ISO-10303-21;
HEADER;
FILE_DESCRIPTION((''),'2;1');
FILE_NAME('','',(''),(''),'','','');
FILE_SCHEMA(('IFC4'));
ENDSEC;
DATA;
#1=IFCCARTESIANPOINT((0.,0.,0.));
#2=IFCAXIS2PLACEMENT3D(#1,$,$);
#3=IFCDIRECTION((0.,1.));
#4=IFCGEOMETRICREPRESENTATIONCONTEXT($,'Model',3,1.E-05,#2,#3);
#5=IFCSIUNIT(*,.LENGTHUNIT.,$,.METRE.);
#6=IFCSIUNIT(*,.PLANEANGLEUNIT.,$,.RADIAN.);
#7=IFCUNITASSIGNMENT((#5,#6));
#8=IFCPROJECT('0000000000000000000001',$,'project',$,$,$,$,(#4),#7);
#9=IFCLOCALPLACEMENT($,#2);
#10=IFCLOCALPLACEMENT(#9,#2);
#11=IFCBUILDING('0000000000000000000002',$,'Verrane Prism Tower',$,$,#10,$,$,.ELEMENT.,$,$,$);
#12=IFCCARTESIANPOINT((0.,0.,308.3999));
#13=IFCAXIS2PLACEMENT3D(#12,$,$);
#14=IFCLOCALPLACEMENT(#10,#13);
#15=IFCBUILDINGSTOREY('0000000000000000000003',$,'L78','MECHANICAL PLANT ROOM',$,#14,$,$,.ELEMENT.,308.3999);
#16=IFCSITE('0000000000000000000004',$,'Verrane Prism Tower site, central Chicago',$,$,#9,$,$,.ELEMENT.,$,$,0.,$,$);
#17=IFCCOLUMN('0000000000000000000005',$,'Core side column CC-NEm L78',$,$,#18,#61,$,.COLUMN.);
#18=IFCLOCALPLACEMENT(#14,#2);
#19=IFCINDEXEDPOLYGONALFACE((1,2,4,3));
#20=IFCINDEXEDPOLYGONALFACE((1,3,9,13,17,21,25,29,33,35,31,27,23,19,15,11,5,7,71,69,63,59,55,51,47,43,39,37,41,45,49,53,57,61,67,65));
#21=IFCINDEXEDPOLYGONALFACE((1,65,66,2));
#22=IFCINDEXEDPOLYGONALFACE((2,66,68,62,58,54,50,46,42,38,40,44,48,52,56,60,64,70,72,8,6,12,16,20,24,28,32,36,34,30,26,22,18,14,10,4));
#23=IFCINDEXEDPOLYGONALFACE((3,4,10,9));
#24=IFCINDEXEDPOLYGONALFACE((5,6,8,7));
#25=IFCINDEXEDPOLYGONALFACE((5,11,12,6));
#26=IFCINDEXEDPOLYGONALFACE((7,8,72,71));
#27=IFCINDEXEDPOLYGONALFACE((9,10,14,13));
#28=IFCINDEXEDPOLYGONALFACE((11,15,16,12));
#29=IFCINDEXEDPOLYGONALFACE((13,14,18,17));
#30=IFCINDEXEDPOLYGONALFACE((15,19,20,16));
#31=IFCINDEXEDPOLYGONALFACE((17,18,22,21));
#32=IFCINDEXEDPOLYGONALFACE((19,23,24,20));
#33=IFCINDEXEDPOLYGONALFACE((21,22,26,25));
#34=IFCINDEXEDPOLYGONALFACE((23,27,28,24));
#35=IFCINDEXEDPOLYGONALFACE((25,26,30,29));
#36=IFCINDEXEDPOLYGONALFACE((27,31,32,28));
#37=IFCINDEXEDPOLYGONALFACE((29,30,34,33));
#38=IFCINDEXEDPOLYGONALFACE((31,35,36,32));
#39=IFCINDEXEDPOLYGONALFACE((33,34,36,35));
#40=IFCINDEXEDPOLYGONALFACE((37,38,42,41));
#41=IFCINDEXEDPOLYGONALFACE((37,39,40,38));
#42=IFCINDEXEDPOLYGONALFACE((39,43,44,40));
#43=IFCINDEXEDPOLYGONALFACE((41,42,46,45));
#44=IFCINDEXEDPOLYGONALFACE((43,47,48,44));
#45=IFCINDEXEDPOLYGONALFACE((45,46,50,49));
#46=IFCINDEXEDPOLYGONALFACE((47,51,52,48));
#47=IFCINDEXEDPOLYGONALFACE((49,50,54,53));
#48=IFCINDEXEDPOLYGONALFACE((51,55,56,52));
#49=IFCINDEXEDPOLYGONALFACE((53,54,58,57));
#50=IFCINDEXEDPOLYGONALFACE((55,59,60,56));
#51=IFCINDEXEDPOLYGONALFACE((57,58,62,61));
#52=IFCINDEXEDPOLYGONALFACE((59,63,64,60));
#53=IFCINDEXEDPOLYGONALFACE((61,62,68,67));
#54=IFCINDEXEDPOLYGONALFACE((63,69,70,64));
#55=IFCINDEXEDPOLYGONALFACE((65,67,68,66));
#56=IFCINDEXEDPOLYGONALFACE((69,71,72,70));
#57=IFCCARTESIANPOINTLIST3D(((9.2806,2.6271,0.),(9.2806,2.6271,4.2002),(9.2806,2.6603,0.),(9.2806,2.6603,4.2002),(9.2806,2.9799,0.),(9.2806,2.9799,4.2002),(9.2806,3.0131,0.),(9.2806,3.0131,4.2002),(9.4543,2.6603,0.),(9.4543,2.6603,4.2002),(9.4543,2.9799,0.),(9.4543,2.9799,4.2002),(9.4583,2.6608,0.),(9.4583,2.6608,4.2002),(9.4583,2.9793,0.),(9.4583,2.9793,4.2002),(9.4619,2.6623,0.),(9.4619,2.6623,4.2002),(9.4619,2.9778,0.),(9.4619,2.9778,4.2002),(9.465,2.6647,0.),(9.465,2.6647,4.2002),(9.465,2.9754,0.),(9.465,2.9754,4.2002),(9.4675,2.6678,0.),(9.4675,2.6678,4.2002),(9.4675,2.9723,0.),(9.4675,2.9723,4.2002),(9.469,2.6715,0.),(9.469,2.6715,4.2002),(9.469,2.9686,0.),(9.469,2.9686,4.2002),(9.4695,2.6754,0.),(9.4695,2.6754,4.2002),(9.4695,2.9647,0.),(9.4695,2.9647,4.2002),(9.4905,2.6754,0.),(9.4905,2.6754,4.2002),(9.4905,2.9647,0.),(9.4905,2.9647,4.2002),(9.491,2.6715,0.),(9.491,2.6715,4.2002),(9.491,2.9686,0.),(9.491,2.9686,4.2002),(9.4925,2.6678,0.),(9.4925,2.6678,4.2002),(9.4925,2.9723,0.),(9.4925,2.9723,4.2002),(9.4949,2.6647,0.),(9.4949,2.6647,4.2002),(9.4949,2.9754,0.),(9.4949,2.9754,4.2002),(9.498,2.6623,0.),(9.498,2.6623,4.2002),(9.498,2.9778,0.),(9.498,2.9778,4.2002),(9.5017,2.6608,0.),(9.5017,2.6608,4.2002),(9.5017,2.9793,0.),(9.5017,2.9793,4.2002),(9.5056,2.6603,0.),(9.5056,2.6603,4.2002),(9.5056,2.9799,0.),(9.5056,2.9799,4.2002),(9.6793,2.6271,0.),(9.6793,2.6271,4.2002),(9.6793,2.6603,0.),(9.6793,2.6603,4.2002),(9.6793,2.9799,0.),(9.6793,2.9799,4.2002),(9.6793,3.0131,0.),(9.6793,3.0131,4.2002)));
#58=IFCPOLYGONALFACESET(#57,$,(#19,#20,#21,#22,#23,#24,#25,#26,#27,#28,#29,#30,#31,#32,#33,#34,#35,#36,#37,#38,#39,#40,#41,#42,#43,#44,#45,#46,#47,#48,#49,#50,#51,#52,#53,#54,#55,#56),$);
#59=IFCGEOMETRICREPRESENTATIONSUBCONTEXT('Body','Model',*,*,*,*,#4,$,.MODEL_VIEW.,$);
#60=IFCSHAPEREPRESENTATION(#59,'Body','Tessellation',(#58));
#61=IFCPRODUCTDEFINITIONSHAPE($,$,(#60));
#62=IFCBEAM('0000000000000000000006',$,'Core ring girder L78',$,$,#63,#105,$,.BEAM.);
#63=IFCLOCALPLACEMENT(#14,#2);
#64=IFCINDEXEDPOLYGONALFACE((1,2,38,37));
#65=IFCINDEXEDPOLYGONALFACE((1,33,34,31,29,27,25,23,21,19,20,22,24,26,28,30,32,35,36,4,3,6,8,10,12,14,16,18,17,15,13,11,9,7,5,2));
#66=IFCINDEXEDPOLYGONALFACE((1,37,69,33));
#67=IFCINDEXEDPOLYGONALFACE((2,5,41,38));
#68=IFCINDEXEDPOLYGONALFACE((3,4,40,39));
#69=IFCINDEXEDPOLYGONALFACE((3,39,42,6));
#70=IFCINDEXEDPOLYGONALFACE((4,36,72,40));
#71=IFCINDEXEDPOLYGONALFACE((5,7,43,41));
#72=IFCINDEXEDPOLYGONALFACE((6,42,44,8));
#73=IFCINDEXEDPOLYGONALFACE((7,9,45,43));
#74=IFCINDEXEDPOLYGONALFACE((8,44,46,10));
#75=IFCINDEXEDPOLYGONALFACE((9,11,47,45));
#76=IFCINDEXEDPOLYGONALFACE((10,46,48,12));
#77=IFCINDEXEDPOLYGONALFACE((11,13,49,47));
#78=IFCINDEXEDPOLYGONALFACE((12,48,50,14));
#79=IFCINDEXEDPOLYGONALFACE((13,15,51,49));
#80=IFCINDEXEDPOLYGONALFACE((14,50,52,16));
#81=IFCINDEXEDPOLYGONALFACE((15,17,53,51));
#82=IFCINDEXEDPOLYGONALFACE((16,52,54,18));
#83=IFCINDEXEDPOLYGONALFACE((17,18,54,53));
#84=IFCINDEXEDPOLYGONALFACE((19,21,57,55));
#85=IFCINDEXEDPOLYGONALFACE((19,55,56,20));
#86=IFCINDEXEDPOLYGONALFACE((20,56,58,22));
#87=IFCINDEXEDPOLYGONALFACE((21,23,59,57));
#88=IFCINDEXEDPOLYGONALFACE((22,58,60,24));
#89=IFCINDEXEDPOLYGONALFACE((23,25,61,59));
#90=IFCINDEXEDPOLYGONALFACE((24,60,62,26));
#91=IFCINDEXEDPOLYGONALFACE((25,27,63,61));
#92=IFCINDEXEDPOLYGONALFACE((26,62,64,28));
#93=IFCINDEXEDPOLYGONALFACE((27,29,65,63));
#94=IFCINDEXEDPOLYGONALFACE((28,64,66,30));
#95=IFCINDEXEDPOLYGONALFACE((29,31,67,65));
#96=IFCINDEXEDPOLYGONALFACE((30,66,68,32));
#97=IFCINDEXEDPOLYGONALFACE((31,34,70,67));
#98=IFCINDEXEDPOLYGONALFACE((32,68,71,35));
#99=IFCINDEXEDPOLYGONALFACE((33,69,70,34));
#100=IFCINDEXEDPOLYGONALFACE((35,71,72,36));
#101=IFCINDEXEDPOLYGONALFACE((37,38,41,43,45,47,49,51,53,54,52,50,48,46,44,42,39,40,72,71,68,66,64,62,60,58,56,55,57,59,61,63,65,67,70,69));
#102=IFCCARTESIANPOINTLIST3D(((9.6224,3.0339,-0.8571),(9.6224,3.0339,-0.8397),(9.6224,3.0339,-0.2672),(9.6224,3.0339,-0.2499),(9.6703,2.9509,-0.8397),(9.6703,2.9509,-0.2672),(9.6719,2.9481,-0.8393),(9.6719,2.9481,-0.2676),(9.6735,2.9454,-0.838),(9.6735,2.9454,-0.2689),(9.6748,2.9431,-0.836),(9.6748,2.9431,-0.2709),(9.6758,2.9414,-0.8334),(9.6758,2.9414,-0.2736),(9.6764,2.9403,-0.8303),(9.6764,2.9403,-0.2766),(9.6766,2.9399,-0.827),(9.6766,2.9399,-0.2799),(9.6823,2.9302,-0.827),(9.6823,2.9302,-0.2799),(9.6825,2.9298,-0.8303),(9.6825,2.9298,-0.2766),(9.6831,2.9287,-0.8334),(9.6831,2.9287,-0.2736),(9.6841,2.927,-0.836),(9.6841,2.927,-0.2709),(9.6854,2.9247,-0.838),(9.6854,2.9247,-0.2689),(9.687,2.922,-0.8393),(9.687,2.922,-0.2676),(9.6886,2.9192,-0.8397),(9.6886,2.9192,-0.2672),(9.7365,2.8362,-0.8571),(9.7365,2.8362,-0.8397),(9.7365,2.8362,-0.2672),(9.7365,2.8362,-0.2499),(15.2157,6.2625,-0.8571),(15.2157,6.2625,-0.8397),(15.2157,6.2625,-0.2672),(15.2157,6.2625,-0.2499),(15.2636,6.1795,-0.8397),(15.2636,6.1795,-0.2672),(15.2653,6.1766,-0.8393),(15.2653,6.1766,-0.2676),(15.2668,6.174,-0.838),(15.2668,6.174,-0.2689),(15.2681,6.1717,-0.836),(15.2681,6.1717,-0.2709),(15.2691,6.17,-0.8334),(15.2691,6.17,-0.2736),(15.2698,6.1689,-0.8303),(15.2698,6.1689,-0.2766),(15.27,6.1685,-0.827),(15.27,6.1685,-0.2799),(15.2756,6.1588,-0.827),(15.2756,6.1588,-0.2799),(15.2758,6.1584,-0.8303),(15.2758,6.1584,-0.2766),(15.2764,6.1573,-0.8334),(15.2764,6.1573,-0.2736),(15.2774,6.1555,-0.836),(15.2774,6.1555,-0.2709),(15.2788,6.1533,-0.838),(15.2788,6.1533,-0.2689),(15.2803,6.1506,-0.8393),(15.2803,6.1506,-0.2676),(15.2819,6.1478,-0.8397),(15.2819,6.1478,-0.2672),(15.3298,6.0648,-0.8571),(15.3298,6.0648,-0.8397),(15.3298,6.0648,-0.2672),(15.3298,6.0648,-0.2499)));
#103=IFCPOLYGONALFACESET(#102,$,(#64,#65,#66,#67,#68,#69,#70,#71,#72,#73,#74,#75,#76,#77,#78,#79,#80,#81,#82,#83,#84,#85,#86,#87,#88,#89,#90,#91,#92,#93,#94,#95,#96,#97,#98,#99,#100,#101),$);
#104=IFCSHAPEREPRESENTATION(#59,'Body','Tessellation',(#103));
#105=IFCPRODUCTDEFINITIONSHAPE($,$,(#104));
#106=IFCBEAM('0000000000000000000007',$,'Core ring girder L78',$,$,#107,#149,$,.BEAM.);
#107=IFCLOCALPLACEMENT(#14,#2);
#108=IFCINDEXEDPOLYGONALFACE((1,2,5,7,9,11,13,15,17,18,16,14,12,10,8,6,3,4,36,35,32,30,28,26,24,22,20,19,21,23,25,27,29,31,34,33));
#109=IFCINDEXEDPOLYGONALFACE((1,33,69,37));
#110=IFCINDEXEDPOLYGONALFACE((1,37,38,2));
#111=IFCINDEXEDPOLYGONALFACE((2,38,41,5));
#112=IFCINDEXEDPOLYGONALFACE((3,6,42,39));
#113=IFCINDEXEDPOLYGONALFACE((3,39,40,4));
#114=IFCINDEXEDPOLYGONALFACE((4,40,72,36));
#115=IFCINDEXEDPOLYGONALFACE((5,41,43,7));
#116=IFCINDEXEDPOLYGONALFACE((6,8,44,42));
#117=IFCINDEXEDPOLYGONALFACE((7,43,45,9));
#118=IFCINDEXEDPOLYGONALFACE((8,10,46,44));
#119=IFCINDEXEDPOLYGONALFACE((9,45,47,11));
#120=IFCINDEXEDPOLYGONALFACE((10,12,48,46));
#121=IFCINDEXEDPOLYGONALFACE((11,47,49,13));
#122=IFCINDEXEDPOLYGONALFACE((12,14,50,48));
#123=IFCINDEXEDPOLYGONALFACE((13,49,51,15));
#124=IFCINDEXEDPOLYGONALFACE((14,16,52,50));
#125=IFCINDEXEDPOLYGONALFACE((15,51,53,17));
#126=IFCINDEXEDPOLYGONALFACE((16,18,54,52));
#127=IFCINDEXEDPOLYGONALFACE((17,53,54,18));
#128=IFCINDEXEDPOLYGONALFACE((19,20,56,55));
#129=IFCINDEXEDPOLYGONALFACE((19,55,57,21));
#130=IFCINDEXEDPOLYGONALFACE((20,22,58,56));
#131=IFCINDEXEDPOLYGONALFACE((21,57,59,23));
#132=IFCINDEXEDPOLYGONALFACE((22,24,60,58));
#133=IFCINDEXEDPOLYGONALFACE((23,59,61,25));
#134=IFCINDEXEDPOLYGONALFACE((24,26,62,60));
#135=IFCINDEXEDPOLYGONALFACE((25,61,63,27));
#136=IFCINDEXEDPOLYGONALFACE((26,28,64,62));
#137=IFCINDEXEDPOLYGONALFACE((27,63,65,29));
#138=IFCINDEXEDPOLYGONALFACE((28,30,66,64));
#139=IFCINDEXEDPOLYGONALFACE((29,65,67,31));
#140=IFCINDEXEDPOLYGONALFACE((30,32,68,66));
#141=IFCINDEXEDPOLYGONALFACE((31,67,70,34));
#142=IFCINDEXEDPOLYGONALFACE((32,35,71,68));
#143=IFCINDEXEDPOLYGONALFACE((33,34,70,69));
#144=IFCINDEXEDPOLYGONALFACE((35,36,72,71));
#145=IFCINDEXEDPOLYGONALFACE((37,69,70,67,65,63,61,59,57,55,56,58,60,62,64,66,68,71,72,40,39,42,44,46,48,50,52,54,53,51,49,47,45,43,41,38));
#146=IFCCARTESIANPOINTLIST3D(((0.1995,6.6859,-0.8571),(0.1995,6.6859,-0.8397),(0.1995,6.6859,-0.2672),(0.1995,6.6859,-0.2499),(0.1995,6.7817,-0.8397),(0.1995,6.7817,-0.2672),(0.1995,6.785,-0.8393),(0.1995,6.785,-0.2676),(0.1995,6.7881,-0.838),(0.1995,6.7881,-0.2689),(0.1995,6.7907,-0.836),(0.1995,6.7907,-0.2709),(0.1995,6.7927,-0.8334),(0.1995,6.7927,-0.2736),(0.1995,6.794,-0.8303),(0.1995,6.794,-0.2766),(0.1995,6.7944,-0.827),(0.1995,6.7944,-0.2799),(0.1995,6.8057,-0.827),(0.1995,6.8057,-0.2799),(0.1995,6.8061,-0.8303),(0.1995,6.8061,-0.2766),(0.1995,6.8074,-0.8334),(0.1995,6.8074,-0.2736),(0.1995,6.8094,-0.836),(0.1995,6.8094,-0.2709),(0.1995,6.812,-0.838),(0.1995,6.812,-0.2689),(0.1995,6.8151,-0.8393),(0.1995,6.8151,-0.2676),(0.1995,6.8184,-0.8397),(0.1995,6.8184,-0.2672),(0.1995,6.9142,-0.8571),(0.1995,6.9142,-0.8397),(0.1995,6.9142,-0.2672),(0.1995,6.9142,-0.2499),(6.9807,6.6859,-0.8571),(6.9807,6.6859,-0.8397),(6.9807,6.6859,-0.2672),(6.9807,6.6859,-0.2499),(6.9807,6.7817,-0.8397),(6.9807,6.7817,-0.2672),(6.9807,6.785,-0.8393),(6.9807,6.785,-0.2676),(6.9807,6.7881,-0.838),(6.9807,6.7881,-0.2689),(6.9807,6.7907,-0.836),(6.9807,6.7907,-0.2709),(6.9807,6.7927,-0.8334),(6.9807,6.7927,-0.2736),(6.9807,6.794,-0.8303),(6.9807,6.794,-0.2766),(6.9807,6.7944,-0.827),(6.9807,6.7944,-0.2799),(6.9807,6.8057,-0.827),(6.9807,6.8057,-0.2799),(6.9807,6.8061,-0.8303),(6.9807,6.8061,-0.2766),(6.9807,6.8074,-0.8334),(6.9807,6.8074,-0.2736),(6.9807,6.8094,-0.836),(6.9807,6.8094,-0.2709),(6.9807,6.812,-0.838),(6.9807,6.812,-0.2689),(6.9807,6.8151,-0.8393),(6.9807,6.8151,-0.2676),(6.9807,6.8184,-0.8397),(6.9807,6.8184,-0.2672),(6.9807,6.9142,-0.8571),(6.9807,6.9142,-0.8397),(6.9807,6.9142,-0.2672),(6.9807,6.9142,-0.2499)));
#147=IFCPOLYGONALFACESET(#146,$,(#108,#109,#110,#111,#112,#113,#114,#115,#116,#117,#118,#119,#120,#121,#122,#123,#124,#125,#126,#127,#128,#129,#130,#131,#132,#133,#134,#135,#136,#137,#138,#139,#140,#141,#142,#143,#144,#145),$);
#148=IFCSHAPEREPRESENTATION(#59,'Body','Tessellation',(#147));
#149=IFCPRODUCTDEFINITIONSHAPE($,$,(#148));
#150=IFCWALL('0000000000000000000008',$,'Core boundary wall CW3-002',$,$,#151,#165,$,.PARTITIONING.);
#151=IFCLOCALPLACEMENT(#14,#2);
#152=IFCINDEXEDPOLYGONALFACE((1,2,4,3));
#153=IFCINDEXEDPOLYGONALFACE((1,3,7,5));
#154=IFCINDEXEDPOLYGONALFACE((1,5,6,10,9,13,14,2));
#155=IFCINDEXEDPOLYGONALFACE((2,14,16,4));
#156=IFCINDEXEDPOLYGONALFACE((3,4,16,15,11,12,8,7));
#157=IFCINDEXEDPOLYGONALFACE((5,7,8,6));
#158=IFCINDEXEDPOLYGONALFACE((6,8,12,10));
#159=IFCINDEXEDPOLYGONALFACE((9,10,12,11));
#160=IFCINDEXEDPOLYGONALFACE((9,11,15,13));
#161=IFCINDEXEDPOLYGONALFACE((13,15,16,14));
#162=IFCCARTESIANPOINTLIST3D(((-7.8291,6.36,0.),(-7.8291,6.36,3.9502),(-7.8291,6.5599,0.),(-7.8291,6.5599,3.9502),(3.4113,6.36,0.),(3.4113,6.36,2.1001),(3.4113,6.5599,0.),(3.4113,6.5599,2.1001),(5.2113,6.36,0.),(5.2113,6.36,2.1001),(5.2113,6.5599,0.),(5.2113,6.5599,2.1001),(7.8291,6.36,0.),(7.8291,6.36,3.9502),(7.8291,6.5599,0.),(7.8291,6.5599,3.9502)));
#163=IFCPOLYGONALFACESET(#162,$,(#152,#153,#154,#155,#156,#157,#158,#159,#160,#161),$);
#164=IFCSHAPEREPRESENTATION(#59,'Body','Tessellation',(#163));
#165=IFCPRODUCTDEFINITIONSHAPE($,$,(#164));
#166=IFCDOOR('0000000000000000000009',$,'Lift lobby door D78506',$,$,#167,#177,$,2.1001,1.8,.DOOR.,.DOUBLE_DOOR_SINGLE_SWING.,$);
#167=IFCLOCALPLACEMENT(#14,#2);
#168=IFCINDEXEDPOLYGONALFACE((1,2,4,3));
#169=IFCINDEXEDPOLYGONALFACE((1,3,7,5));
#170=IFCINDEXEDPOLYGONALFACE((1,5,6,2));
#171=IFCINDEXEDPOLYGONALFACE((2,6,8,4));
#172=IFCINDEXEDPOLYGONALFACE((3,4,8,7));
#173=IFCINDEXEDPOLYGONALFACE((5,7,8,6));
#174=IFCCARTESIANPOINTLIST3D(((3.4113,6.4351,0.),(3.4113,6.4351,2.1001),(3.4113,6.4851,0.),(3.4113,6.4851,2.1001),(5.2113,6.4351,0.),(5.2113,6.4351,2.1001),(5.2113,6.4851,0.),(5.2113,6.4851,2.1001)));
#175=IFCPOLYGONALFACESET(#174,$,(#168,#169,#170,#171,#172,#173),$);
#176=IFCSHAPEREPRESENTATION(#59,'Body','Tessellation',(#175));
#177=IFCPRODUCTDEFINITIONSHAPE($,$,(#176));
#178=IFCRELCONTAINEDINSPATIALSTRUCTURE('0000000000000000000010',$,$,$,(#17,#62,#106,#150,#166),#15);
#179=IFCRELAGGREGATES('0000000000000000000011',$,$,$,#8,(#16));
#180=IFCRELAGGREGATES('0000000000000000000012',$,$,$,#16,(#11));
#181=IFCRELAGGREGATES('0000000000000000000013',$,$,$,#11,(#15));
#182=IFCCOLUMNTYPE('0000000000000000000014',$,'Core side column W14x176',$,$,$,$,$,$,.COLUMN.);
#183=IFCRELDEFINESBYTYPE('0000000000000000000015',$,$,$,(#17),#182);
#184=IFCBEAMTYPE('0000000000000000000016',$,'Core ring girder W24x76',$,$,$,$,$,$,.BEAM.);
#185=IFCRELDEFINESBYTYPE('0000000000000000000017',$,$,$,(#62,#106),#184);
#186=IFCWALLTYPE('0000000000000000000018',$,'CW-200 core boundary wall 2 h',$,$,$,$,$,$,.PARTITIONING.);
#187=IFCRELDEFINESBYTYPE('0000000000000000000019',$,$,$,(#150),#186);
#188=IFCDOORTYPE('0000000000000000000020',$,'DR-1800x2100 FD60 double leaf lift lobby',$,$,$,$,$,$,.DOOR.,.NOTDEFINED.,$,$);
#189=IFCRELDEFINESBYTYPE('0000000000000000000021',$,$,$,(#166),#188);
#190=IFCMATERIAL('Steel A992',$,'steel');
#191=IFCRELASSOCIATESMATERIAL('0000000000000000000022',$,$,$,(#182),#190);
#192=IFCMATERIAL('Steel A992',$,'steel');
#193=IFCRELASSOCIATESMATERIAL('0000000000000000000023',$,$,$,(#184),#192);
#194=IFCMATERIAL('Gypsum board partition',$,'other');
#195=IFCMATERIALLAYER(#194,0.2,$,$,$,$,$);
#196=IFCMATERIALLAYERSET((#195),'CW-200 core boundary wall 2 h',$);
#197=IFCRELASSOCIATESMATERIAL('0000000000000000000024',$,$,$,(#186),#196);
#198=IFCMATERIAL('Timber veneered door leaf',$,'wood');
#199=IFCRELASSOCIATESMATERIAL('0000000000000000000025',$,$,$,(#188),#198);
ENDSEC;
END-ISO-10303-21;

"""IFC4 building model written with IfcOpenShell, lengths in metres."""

from ifc_helpers import new_model, si_unit, direction, frame, frame_2d, origin, origin_2d, place, context, subcontext, project, spatial, rectangle, i_section, extrude, material, layer, layer_set, material_profile, profile_set, type_object, element, fill, save


model = new_model("IFC4")

# Units and contexts
model_context = context("Model", 3, precision=1e-05, world=origin(), true_north=direction((0.0, 1.0)))
body_context = subcontext(model_context, "Body", "Model", "MODEL_VIEW")
ifc_project = project(units=[si_unit("LENGTHUNIT", "METRE"), si_unit("PLANEANGLEUNIT", "RADIAN")], contexts=[model_context])

# Site, building, storey
site_placement = place(None, origin())
site = spatial("IfcSite", under=ifc_project, at=site_placement, Name="Verrane Prism Tower site, central Chicago", CompositionType="ELEMENT", RefElevation=0.0)
building_placement = place(site_placement, origin())
building = spatial("IfcBuilding", under=site, at=building_placement, Name="Verrane Prism Tower", CompositionType="ELEMENT")
storey_placement = place(building_placement, frame((0.0, 0.0, 308.3999)))
storey = spatial("IfcBuildingStorey", under=building, at=storey_placement, Name="L78", Description="MECHANICAL PLANT ROOM", CompositionType="ELEMENT", Elevation=308.3999)

# Column
ifc_material_1 = material(Name="Steel A992", Category="steel")
ifc_material_profile_1 = material_profile(ifc_material_1, i_section(OverallWidth=0.3987, OverallDepth=0.386, WebThickness=0.021, FlangeThickness=0.0332, FilletRadius=0.0151, at=origin_2d()), Name="W14x176")
ifc_profile_set_1 = profile_set([ifc_material_profile_1], Name="Steel A992")
column_type = type_object("IfcColumnType", Name="Core side column W14x176", PredefinedType="COLUMN", material=ifc_profile_set_1)
column_placement = place(storey_placement, frame((9.48, 2.8201, 0.0), z_axis=(0.0, 0.0, 1.0), x_axis=(1.0, 0.0, 0.0)))
element("IfcColumn", 1, at=column_placement, inside=storey, type_object=column_type, Name="Core side column CC-NEm L78", PredefinedType="COLUMN", context=body_context, shape_type="SweptSolid", body=[
    extrude(i_section(OverallWidth=0.3987, OverallDepth=0.386, WebThickness=0.021, FlangeThickness=0.0332, FilletRadius=0.0151, at=origin_2d()), origin(), (0.0, 0.0, 1.0), 4.2002),
])

# Beams
ifc_material_2 = material(Name="Steel A992", Category="steel")
ifc_material_profile_2 = material_profile(ifc_material_2, i_section(OverallWidth=0.2283, OverallDepth=0.6072, WebThickness=0.0112, FlangeThickness=0.0173, FilletRadius=0.0127, at=origin_2d()), Name="W24x76")
ifc_profile_set_2 = profile_set([ifc_material_profile_2], Name="Steel A992")
beam_type = type_object("IfcBeamType", Name="Core ring girder W24x76", PredefinedType="BEAM", material=ifc_profile_set_2)
beam_1_placement = place(storey_placement, frame((9.6794, 2.9351, -0.5535), z_axis=(0.866076, 0.499912, 0.0), x_axis=(-0.499912, 0.866076, 0.0)))
element("IfcBeam", 2, at=beam_1_placement, inside=storey, type_object=beam_type, Name="Core ring girder L78", PredefinedType="BEAM", context=body_context, shape_type="SweptSolid", body=[
    extrude(i_section(OverallWidth=0.2283, OverallDepth=0.6072, WebThickness=0.0112, FlangeThickness=0.0173, FilletRadius=0.0127, at=origin_2d()), origin(), (0.0, 0.0, 1.0), 6.4583),
])
beam_2_placement = place(storey_placement, frame((6.9807, 6.8, -0.5535), z_axis=(-1.0, 0.0, 0.0), x_axis=(0.0, -1.0, 0.0)))
element("IfcBeam", 3, at=beam_2_placement, inside=storey, type_object=beam_type, Name="Core ring girder L78", PredefinedType="BEAM", context=body_context, shape_type="SweptSolid", body=[
    extrude(i_section(OverallWidth=0.2283, OverallDepth=0.6072, WebThickness=0.0112, FlangeThickness=0.0173, FilletRadius=0.0127, at=origin_2d()), origin(), (0.0, 0.0, 1.0), 6.7812),
])

# Wall, opening, door
ifc_material_3 = material(Name="Gypsum board partition", Category="other")
ifc_layer_1 = layer(ifc_material_3, 0.2)
ifc_layer_set_1 = layer_set([ifc_layer_1], Name="CW-200 core boundary wall 2 h")
wall_type_1 = type_object("IfcWallType", Name="CW-200 core boundary wall 2 h", PredefinedType="PARTITIONING", material=ifc_layer_set_1)
wall_1_placement = place(storey_placement, frame((7.8291, 6.46, 0.0), z_axis=(0.0, 0.0, 1.0), x_axis=(-1.0, 0.0, 0.0)))
wall_1 = element("IfcWall", 4, at=wall_1_placement, inside=storey, type_object=wall_type_1, Name="Core boundary wall CW3-002", PredefinedType="PARTITIONING", context=body_context, shape_type="SweptSolid", body=[
    extrude(rectangle(XDim=15.6582, YDim=0.2, at=frame_2d((7.8291, 0.0))), origin(), (0.0, 0.0, 1.0), 3.9502),
])
opening_1_placement = place(wall_1_placement, frame((2.6179, 0.0, 0.0)))
opening_1 = element("IfcOpeningElement", 5, at=opening_1_placement, cuts=wall_1, PredefinedType="OPENING", context=body_context, shape_type="SweptSolid", body=[
    extrude(rectangle(XDim=1.8, YDim=2.1001, at=frame_2d((0.8999, 1.05))), frame((0.0, 0.1099, 0.0), z_axis=(0.0, -1.0, 0.0), x_axis=(1.0, 0.0, 0.0)), (0.0, 0.0, 1.0), 0.22),
])
ifc_material_4 = material(Name="Timber veneered door leaf", Category="wood")
door_type_1 = type_object("IfcDoorType", Name="DR-1800x2100 FD60 double leaf lift lobby", OperationType="NOTDEFINED", PredefinedType="DOOR", material=ifc_material_4)
door_1_placement = place(opening_1_placement, origin())
door_1 = element("IfcDoor", 6, at=door_1_placement, inside=storey, type_object=door_type_1, Name="Lift lobby door D78506", OperationType="DOUBLE_DOOR_SINGLE_SWING", OverallHeight=2.1001, OverallWidth=1.8, PredefinedType="DOOR", context=body_context, shape_type="SweptSolid", body=[
    extrude(rectangle(XDim=1.8, YDim=2.1001, at=frame_2d((0.8999, 1.05))), frame((0.0, 0.0249, 0.0), z_axis=(0.0, -1.0, 0.0), x_axis=(1.0, 0.0, 0.0)), (0.0, 0.0, 1.0), 0.05),
])
fill(opening_1, door_1)

save(model, "model.ifc")
